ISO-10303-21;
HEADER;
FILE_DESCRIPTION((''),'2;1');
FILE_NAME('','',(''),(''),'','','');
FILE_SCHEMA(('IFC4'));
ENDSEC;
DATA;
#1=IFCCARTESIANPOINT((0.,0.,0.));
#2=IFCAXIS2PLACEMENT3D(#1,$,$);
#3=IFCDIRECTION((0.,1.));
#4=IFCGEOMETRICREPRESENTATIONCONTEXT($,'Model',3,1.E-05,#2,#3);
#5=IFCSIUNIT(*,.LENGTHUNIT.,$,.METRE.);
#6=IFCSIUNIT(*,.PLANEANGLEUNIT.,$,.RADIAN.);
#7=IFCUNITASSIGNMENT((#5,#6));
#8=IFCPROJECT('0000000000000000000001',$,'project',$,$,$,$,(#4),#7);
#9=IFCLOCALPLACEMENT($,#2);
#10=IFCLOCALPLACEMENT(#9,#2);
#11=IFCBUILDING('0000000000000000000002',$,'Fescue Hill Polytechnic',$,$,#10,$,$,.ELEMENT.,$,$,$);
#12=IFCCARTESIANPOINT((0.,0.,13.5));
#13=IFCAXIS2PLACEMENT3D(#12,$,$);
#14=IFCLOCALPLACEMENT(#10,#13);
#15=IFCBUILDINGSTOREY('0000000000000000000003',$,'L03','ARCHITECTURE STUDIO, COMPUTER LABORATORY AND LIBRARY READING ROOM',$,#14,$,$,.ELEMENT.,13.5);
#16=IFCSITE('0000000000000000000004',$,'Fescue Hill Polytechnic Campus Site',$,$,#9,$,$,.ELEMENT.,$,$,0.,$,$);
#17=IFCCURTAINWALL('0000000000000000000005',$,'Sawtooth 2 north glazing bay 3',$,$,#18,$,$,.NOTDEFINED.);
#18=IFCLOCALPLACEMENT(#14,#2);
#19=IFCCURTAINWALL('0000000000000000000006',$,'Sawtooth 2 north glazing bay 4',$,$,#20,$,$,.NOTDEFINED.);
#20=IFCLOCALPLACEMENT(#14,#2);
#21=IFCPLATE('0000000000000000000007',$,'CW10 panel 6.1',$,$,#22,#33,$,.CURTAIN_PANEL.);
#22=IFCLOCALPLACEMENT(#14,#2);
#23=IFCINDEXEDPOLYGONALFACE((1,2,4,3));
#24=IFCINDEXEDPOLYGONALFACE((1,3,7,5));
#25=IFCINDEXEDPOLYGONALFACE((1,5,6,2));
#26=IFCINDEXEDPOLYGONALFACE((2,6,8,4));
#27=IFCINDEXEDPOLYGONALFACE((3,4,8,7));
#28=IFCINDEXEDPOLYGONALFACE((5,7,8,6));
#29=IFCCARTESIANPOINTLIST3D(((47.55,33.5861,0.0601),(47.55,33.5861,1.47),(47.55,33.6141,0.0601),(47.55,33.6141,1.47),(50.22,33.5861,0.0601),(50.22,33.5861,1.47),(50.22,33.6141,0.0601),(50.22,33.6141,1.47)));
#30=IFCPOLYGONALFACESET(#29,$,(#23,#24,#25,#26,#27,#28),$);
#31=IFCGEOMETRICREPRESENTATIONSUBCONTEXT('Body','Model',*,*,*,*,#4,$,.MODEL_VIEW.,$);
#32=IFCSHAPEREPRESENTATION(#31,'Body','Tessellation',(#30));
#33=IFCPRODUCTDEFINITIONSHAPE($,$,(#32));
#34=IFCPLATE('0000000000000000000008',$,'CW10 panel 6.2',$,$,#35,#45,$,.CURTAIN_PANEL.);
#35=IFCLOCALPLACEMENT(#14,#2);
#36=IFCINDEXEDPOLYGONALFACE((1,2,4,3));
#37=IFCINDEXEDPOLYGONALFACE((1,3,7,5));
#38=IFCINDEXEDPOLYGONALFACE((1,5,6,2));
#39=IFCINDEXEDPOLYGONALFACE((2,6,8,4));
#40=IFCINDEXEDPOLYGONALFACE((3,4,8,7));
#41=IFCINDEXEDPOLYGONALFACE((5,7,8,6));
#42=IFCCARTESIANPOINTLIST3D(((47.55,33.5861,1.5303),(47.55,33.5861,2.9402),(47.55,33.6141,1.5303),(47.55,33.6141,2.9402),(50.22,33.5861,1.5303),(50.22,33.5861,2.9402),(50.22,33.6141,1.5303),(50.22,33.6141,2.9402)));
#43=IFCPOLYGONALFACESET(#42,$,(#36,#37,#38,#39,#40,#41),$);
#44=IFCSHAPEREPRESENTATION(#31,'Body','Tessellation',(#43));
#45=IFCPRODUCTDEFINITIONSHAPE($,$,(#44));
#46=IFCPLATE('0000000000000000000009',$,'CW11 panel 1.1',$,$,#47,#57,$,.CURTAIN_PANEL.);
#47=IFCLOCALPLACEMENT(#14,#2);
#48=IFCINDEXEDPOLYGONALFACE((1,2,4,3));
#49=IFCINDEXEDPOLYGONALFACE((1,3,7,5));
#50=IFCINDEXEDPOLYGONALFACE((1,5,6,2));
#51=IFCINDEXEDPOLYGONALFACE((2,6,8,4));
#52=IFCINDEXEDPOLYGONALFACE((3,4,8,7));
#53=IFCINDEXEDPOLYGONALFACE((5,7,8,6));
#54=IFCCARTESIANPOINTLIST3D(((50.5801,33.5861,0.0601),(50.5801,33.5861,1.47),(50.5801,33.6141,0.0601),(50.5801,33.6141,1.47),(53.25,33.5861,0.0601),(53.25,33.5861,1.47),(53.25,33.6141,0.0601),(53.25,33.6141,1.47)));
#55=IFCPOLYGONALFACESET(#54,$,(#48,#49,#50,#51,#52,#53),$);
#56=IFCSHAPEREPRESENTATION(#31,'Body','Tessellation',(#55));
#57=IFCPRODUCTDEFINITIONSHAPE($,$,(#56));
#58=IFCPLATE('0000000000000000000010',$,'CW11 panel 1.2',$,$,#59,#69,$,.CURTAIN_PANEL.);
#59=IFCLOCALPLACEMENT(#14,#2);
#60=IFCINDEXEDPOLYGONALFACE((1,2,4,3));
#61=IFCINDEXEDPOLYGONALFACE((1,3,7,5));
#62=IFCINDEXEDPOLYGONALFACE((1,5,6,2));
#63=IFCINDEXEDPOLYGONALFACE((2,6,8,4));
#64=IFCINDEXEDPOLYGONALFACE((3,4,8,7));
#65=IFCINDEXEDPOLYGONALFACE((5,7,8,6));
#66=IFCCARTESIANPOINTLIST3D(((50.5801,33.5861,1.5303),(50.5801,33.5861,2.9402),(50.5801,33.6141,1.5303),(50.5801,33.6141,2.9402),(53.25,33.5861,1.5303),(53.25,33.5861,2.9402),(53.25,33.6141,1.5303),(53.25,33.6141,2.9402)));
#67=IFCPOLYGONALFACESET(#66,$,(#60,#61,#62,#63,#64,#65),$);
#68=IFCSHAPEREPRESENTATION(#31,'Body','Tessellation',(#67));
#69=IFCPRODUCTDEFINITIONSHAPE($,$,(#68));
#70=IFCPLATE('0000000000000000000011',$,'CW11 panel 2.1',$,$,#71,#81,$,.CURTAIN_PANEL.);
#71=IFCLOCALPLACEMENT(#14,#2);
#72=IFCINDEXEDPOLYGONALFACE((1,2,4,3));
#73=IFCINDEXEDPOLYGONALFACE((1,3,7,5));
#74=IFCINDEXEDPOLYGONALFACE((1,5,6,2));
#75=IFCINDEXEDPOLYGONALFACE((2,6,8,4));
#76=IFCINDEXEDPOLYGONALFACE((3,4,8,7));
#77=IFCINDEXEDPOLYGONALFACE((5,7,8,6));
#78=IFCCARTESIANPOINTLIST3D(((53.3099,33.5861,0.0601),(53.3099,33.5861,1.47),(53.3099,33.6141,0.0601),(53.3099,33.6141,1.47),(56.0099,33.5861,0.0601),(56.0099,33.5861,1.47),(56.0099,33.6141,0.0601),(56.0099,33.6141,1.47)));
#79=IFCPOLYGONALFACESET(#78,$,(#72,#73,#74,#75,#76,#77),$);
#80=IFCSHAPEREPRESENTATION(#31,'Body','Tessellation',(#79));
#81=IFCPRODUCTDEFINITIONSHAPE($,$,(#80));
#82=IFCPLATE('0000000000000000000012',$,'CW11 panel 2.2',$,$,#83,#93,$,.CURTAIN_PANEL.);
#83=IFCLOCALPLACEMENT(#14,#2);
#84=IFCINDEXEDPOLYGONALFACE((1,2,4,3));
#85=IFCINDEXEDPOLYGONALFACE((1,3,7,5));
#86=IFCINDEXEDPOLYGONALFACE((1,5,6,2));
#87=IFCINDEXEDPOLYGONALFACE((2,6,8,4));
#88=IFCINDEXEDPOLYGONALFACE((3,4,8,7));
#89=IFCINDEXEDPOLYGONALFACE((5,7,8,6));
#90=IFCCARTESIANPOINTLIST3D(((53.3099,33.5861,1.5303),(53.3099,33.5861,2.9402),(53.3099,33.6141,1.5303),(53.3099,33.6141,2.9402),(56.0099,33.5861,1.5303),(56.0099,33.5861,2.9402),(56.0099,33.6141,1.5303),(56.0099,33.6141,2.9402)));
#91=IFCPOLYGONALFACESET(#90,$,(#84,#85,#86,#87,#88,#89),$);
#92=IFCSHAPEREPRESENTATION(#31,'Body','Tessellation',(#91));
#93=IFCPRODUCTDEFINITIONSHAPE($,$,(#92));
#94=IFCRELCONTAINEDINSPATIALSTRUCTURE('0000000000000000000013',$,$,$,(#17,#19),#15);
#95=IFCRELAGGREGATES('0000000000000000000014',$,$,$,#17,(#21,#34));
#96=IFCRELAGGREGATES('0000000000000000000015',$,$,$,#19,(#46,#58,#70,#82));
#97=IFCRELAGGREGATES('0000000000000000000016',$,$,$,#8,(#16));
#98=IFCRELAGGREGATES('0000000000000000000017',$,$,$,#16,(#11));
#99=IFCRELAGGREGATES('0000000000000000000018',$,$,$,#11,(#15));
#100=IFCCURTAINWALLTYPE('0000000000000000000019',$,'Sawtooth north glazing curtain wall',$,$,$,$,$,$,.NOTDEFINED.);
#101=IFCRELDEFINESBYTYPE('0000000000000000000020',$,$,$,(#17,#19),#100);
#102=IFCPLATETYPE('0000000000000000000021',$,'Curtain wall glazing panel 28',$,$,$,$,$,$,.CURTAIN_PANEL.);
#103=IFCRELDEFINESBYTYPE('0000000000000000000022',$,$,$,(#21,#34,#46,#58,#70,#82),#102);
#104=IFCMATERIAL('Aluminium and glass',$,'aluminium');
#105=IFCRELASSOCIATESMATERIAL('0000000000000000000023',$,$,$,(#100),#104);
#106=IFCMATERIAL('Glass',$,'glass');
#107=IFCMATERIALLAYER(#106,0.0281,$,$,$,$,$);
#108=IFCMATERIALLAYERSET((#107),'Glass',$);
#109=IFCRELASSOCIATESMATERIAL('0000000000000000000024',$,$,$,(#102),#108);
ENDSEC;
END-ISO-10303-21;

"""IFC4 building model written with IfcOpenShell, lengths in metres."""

from ifc_helpers import new_model, si_unit, direction, frame, origin, origin_2d, place, context, subcontext, project, spatial, rectangle, extrude, material, layer, layer_set, type_object, element, aggregate, save


model = new_model("IFC4")

# Units and contexts
model_context = context("Model", 3, precision=1e-05, world=origin(), true_north=direction((0.0, 1.0)))
body_context = subcontext(model_context, "Body", "Model", "MODEL_VIEW")
ifc_project = project(units=[si_unit("LENGTHUNIT", "METRE"), si_unit("PLANEANGLEUNIT", "RADIAN")], contexts=[model_context])

# Site, building, storey
site_placement = place(None, origin())
site = spatial("IfcSite", under=ifc_project, at=site_placement, Name="Fescue Hill Polytechnic Campus Site", CompositionType="ELEMENT", RefElevation=0.0)
building_placement = place(site_placement, origin())
building = spatial("IfcBuilding", under=site, at=building_placement, Name="Fescue Hill Polytechnic", CompositionType="ELEMENT")
storey_placement = place(building_placement, frame((0.0, 0.0, 13.5)))
storey = spatial("IfcBuildingStorey", under=building, at=storey_placement, Name="L03", Description="ARCHITECTURE STUDIO, COMPUTER LABORATORY AND LIBRARY READING ROOM", CompositionType="ELEMENT", Elevation=13.5)

# Curtain wall
ifc_material_1 = material(Name="Aluminium and glass", Category="aluminium")
curtain_wall_type = type_object("IfcCurtainWallType", Name="Sawtooth north glazing curtain wall", PredefinedType="NOTDEFINED", material=ifc_material_1)
curtain_wall_1_placement = place(storey_placement, origin())
curtain_wall_1 = element("IfcCurtainWall", 1, at=curtain_wall_1_placement, inside=storey, type_object=curtain_wall_type, Name="Sawtooth 2 north glazing bay 3", PredefinedType="NOTDEFINED")

# Curtain wall
curtain_wall_2_placement = place(storey_placement, origin())
curtain_wall_2 = element("IfcCurtainWall", 2, at=curtain_wall_2_placement, inside=storey, type_object=curtain_wall_type, Name="Sawtooth 2 north glazing bay 4", PredefinedType="NOTDEFINED")

# Plates
ifc_material_2 = material(Name="Glass", Category="glass")
ifc_layer = layer(ifc_material_2, 0.0281)
ifc_layer_set = layer_set([ifc_layer], Name="Glass")
plate_type = type_object("IfcPlateType", Name="Curtain wall glazing panel 28", PredefinedType="CURTAIN_PANEL", material=ifc_layer_set)
plate_1_placement = place(storey_placement, frame((48.885, 33.6001, 0.0601), z_axis=(0.0, 0.0, 1.0), x_axis=(1.0, 0.0, 0.0)))
plate_1 = element("IfcPlate", 3, at=plate_1_placement, type_object=plate_type, Name="CW10 panel 6.1", PredefinedType="CURTAIN_PANEL", context=body_context, shape_type="SweptSolid", body=[
    extrude(rectangle(XDim=2.6699, YDim=0.0281, at=origin_2d()), origin(), (0.0, 0.0, 1.0), 1.4099),
])
plate_2_placement = place(storey_placement, frame((48.885, 33.6001, 1.5303), z_axis=(0.0, 0.0, 1.0), x_axis=(1.0, 0.0, 0.0)))
plate_2 = element("IfcPlate", 4, at=plate_2_placement, type_object=plate_type, Name="CW10 panel 6.2", PredefinedType="CURTAIN_PANEL", context=body_context, shape_type="SweptSolid", body=[
    extrude(rectangle(XDim=2.6699, YDim=0.0281, at=origin_2d()), origin(), (0.0, 0.0, 1.0), 1.4099),
])
aggregate(curtain_wall_1, [plate_1, plate_2])
plate_3_placement = place(storey_placement, frame((51.915, 33.6001, 0.0601), z_axis=(0.0, 0.0, 1.0), x_axis=(1.0, 0.0, 0.0)))
plate_3 = element("IfcPlate", 5, at=plate_3_placement, type_object=plate_type, Name="CW11 panel 1.1", PredefinedType="CURTAIN_PANEL", context=body_context, shape_type="SweptSolid", body=[
    extrude(rectangle(XDim=2.6699, YDim=0.0281, at=origin_2d()), origin(), (0.0, 0.0, 1.0), 1.4099),
])
plate_4_placement = place(storey_placement, frame((51.915, 33.6001, 1.5303), z_axis=(0.0, 0.0, 1.0), x_axis=(1.0, 0.0, 0.0)))
plate_4 = element("IfcPlate", 6, at=plate_4_placement, type_object=plate_type, Name="CW11 panel 1.2", PredefinedType="CURTAIN_PANEL", context=body_context, shape_type="SweptSolid", body=[
    extrude(rectangle(XDim=2.6699, YDim=0.0281, at=origin_2d()), origin(), (0.0, 0.0, 1.0), 1.4099),
])
plate_5_placement = place(storey_placement, frame((54.6599, 33.6001, 0.0601), z_axis=(0.0, 0.0, 1.0), x_axis=(1.0, 0.0, 0.0)))
plate_5 = element("IfcPlate", 7, at=plate_5_placement, type_object=plate_type, Name="CW11 panel 2.1", PredefinedType="CURTAIN_PANEL", context=body_context, shape_type="SweptSolid", body=[
    extrude(rectangle(XDim=2.7, YDim=0.0281, at=origin_2d()), origin(), (0.0, 0.0, 1.0), 1.4099),
])
plate_6_placement = place(storey_placement, frame((54.6599, 33.6001, 1.5303), z_axis=(0.0, 0.0, 1.0), x_axis=(1.0, 0.0, 0.0)))
plate_6 = element("IfcPlate", 8, at=plate_6_placement, type_object=plate_type, Name="CW11 panel 2.2", PredefinedType="CURTAIN_PANEL", context=body_context, shape_type="SweptSolid", body=[
    extrude(rectangle(XDim=2.7, YDim=0.0281, at=origin_2d()), origin(), (0.0, 0.0, 1.0), 1.4099),
])
aggregate(curtain_wall_2, [plate_3, plate_4, plate_5, plate_6])

save(model, "model.ifc")
